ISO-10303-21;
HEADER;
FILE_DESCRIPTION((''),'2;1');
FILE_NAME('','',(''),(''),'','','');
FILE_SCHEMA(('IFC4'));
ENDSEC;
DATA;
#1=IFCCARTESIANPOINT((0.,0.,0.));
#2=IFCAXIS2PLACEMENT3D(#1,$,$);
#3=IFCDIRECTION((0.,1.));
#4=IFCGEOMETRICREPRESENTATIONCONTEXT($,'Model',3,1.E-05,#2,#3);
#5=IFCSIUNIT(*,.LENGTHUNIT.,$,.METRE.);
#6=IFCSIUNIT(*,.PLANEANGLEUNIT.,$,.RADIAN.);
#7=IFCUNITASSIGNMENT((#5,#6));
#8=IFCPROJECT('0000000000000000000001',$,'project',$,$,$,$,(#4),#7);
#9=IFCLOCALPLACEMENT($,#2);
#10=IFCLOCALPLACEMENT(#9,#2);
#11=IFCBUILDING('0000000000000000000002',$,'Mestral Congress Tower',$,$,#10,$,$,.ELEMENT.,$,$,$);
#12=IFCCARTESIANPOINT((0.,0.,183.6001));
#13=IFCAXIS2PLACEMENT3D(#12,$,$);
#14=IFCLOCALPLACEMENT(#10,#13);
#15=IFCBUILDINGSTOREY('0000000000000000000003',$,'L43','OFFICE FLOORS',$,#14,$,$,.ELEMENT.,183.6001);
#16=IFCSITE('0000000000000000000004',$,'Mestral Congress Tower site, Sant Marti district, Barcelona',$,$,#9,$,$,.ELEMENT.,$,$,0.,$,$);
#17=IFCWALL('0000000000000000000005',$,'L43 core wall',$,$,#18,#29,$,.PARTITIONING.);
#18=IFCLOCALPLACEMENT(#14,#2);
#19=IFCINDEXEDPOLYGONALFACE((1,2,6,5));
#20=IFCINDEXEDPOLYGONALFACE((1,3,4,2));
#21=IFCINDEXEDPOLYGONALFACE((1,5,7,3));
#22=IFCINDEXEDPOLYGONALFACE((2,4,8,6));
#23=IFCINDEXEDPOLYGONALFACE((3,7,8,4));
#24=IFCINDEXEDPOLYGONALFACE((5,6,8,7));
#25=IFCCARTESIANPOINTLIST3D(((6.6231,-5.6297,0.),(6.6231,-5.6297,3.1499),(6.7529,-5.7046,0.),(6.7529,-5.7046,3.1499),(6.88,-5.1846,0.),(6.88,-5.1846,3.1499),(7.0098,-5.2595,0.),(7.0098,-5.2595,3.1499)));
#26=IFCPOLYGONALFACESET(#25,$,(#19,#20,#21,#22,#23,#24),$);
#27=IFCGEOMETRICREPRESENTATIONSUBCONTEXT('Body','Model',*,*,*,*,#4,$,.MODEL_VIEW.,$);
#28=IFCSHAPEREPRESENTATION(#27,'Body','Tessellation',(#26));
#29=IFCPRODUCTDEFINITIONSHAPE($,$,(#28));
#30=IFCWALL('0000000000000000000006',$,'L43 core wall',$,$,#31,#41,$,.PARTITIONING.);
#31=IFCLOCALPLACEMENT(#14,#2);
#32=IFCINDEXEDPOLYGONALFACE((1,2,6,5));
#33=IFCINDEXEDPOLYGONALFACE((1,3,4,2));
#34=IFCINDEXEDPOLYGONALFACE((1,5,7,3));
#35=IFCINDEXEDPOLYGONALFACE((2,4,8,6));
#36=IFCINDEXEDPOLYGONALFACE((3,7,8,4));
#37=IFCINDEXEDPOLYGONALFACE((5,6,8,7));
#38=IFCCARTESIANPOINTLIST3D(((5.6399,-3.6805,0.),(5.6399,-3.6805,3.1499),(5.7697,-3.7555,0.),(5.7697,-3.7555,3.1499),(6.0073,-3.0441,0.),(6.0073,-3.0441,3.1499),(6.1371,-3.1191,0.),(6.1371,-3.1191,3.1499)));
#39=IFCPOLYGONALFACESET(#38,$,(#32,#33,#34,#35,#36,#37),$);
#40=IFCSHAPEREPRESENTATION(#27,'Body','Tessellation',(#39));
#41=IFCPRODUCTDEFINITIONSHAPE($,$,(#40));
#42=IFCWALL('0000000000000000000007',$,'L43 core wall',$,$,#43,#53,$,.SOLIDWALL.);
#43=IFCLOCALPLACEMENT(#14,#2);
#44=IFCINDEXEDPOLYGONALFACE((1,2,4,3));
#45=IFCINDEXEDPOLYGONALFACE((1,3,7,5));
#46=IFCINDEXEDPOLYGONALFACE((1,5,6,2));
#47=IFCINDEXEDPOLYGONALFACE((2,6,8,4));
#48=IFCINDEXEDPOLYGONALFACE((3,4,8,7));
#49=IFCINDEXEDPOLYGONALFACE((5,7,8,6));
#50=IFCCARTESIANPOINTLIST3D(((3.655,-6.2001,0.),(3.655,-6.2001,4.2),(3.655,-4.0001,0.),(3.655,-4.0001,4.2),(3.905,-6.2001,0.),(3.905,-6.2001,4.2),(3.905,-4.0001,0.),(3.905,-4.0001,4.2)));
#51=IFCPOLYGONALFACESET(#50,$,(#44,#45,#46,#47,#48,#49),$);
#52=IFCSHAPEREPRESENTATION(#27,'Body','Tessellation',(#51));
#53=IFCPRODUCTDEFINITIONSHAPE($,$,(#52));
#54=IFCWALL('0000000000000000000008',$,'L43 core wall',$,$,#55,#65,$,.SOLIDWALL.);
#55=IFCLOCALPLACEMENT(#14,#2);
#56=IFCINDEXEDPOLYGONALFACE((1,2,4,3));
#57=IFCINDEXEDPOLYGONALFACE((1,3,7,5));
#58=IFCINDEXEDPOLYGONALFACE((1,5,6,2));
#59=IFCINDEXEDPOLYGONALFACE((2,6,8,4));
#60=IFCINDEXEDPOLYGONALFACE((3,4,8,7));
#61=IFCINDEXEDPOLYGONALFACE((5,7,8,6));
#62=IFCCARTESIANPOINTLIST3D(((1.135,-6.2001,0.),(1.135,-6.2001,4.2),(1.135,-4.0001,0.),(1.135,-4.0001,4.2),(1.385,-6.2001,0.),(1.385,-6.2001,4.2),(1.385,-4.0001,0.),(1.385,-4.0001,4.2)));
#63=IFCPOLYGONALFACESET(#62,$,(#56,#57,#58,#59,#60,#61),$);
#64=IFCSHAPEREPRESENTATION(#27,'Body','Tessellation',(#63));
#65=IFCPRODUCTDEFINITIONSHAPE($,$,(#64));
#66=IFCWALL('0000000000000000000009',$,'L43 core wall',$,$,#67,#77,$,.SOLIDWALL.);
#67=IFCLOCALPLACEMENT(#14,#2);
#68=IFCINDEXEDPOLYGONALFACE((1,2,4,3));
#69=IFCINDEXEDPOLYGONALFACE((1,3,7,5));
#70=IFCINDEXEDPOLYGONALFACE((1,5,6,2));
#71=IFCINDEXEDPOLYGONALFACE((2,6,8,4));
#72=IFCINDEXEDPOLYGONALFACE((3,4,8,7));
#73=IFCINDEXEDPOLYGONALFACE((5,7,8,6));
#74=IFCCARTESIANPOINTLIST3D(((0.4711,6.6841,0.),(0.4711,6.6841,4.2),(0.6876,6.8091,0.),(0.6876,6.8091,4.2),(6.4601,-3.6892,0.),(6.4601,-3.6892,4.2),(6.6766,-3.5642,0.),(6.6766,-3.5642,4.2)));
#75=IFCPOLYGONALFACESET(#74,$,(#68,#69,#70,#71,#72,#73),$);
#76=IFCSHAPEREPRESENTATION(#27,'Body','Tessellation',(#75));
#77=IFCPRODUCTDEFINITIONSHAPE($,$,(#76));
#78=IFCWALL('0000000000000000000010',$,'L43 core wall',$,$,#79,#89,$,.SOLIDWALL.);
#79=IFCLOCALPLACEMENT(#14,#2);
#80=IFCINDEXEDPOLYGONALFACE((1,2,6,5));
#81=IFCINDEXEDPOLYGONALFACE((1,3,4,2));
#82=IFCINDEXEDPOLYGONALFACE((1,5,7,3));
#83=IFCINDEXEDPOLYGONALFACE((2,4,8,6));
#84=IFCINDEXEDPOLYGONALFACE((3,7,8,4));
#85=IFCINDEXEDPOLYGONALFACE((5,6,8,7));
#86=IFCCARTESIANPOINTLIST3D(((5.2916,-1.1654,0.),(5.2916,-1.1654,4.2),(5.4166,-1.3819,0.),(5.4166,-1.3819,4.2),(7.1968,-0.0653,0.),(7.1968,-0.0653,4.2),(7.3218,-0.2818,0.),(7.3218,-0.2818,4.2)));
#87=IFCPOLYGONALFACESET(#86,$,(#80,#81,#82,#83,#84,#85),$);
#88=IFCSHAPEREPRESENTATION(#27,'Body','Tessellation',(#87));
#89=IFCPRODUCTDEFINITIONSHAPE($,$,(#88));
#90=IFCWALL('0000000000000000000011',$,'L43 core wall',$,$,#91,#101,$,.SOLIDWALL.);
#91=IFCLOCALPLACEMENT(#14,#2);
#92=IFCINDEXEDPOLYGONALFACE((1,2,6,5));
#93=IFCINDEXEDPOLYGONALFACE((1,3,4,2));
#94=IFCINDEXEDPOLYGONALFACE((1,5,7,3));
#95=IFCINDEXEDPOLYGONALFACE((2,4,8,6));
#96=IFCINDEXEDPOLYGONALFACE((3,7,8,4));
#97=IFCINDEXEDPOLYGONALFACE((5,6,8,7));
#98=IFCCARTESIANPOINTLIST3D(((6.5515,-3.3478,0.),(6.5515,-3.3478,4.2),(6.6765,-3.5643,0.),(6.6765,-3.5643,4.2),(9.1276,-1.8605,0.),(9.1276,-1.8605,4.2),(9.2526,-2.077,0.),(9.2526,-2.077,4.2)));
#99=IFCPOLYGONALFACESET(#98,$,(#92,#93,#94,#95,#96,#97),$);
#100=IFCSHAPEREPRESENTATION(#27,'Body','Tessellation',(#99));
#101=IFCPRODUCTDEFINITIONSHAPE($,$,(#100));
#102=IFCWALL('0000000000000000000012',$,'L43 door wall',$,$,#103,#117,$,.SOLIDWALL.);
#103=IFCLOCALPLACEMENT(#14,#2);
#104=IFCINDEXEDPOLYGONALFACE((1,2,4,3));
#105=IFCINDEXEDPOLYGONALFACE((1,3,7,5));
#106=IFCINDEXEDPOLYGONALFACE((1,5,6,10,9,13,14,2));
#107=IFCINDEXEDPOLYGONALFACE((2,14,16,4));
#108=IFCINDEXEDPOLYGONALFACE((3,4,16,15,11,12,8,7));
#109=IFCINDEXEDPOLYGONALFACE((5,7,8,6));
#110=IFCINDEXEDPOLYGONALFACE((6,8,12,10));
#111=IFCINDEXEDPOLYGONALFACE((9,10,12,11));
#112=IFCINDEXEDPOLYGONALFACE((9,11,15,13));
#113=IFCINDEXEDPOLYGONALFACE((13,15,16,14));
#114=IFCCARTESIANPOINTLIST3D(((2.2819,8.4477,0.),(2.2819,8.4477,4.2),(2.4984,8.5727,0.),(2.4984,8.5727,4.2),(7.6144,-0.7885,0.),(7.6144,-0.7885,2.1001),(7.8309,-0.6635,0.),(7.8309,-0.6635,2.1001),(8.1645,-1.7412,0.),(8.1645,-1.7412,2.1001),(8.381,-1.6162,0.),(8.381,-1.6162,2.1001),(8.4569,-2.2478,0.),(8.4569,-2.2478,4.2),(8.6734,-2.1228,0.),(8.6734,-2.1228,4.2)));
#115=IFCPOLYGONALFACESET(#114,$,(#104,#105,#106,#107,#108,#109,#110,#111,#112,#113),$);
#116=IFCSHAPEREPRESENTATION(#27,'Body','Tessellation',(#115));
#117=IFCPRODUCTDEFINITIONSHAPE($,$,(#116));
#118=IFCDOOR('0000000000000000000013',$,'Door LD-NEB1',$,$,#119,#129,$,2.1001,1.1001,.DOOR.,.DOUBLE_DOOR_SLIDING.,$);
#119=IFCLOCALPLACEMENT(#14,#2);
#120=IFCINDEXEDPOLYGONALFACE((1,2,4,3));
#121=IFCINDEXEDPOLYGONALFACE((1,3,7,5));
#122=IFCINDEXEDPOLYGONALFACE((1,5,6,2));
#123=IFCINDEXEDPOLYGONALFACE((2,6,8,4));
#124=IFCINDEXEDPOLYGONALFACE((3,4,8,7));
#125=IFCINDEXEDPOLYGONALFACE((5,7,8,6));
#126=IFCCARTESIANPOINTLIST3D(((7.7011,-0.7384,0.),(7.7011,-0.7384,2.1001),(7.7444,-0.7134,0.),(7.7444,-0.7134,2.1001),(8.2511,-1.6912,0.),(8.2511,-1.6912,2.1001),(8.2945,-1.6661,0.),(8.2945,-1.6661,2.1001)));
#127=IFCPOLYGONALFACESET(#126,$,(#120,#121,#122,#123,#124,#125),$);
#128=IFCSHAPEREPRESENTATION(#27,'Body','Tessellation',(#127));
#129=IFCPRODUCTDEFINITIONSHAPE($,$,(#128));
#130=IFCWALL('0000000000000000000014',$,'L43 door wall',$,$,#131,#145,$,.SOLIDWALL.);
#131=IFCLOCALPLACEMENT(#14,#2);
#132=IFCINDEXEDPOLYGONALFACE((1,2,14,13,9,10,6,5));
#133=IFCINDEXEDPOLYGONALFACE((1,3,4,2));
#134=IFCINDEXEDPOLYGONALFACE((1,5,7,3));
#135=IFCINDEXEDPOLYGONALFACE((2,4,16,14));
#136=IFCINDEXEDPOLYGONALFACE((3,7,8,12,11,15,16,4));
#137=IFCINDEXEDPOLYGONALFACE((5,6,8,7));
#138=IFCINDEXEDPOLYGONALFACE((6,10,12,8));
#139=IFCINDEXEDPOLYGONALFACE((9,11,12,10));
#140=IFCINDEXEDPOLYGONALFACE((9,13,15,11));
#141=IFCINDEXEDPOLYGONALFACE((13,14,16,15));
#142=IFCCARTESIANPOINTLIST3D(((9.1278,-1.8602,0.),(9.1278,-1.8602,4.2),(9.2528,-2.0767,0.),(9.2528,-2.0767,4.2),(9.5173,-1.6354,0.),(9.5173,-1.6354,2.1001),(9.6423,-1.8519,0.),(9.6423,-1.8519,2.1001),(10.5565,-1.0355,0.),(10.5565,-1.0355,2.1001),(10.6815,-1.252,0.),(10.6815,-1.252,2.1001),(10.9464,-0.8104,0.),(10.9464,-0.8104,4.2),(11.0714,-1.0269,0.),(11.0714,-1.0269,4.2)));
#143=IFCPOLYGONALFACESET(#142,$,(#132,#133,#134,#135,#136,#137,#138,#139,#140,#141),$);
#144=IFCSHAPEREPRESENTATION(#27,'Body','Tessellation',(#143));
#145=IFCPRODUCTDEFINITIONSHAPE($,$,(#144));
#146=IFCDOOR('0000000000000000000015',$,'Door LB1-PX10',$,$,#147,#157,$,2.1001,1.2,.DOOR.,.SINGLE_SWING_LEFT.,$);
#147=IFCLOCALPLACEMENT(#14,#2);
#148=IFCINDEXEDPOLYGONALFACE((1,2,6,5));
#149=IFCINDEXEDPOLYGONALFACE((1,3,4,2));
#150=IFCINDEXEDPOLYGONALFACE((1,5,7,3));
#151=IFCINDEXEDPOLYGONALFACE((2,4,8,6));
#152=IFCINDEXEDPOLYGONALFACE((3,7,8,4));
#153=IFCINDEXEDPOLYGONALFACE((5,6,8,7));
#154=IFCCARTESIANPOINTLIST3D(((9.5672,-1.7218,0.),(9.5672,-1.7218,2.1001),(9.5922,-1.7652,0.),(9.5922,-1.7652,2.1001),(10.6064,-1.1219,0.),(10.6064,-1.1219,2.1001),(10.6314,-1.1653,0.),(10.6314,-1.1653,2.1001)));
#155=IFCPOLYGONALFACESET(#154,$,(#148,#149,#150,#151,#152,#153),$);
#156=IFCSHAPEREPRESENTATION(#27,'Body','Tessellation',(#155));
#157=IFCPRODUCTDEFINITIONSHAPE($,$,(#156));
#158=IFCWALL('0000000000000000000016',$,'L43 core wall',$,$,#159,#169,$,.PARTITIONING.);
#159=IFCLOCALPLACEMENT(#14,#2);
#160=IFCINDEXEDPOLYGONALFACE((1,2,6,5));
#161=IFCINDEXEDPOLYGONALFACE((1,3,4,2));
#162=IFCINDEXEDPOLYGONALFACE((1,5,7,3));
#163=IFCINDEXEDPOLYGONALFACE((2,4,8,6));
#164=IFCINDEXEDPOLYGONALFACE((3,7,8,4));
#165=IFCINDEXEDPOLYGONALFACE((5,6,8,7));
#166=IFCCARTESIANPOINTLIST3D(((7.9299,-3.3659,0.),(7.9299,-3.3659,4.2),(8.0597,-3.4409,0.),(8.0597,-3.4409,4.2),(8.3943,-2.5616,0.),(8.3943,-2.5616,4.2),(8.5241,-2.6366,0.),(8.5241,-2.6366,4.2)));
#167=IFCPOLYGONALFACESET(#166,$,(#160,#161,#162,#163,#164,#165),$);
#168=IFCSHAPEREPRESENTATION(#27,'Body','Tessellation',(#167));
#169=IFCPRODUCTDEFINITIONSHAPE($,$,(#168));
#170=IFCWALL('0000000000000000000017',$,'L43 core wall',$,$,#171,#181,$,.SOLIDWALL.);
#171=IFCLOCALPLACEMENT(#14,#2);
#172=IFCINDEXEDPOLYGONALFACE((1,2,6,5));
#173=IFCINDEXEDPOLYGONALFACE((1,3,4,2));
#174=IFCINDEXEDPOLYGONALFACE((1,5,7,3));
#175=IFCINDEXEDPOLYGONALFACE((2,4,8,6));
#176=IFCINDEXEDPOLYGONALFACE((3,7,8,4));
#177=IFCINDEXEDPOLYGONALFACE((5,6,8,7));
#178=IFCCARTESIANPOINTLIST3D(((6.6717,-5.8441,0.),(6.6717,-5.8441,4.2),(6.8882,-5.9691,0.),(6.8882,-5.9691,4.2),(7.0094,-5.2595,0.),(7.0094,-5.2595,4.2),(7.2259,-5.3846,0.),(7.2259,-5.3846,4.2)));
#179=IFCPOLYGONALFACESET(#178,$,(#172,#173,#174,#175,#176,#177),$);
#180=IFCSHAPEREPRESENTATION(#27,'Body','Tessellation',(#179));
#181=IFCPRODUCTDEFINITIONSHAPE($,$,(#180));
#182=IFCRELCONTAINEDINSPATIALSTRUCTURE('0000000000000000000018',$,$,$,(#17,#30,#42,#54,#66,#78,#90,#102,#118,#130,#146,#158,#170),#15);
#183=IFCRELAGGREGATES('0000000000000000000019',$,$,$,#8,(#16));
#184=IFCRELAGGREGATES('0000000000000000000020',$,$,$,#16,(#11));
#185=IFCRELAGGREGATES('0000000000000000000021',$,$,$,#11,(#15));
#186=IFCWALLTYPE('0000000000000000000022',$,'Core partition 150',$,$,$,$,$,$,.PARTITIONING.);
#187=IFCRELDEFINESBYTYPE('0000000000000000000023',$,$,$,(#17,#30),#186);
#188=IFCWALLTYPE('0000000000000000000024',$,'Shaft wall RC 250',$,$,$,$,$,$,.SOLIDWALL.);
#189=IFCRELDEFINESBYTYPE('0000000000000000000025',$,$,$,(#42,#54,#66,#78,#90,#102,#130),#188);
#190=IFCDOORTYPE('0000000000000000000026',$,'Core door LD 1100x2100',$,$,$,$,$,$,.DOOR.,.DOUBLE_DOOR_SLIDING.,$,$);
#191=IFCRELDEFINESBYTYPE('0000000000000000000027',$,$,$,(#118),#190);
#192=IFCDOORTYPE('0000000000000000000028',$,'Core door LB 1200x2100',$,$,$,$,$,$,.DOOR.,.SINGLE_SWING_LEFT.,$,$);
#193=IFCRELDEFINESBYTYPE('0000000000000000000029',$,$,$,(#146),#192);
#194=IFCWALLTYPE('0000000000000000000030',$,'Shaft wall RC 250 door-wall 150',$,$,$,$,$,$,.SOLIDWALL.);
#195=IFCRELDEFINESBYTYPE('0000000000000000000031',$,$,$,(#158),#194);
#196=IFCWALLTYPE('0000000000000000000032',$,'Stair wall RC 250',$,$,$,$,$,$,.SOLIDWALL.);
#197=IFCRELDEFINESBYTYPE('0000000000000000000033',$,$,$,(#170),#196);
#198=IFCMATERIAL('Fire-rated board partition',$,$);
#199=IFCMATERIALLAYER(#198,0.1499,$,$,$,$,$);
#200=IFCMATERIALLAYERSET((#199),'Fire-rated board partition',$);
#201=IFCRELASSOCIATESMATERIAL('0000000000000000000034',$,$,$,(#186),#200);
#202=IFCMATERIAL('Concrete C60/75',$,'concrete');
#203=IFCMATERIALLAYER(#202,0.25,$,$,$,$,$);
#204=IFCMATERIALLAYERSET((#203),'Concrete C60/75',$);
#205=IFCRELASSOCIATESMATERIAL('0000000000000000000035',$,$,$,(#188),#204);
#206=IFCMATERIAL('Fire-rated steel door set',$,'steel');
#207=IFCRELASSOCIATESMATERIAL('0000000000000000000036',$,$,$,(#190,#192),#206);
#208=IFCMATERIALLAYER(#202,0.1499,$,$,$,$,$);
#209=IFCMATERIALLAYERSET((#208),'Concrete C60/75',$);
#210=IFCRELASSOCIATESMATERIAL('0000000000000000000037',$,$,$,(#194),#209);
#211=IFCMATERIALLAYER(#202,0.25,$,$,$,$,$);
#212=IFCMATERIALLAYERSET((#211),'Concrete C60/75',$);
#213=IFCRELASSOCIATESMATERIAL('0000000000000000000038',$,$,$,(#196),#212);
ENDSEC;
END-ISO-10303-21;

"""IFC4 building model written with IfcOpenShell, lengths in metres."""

from ifc_helpers import new_model, si_unit, direction, frame, frame_2d, origin, place, context, subcontext, project, spatial, rectangle, extrude, material, layer, layer_set, type_object, element, fill, save


model = new_model("IFC4")

# Units and contexts
model_context = context("Model", 3, precision=1e-05, world=origin(), true_north=direction((0.0, 1.0)))
body_context = subcontext(model_context, "Body", "Model", "MODEL_VIEW")
ifc_project = project(units=[si_unit("LENGTHUNIT", "METRE"), si_unit("PLANEANGLEUNIT", "RADIAN")], contexts=[model_context])

# Site, building, storey
site_placement = place(None, origin())
site = spatial("IfcSite", under=ifc_project, at=site_placement, Name="Mestral Congress Tower site, Sant Marti district, Barcelona", CompositionType="ELEMENT", RefElevation=0.0)
building_placement = place(site_placement, origin())
building = spatial("IfcBuilding", under=site, at=building_placement, Name="Mestral Congress Tower", CompositionType="ELEMENT")
storey_placement = place(building_placement, frame((0.0, 0.0, 183.6001)))
storey = spatial("IfcBuildingStorey", under=building, at=storey_placement, Name="L43", Description="OFFICE FLOORS", CompositionType="ELEMENT", Elevation=183.6001)

# Walls
ifc_material_1 = material(Name="Fire-rated board partition")
ifc_layer_1 = layer(ifc_material_1, 0.1499)
ifc_layer_set_1 = layer_set([ifc_layer_1], Name="Fire-rated board partition")
wall_type_1 = type_object("IfcWallType", Name="Core partition 150", PredefinedType="PARTITIONING", material=ifc_layer_set_1)
wall_1_placement = place(storey_placement, frame((6.9448, -5.2222, 0.0), z_axis=(0.0, 0.0, 1.0), x_axis=(-0.499818, -0.86613, 0.0)))
element("IfcWall", 1, at=wall_1_placement, inside=storey, type_object=wall_type_1, Name="L43 core wall", PredefinedType="PARTITIONING", context=body_context, shape_type="SweptSolid", body=[
    extrude(rectangle(XDim=0.5139, YDim=0.1499, at=frame_2d((0.2568, 0.0))), origin(), (0.0, 0.0, 1.0), 3.1499),
])
wall_2_placement = place(storey_placement, frame((5.7048, -3.718, 0.0), z_axis=(0.0, 0.0, 1.0), x_axis=(0.499962, 0.866047, 0.0)))
element("IfcWall", 2, at=wall_2_placement, inside=storey, type_object=wall_type_1, Name="L43 core wall", PredefinedType="PARTITIONING", context=body_context, shape_type="SweptSolid", body=[
    extrude(rectangle(XDim=0.7349, YDim=0.1499, at=frame_2d((0.3674, 0.0))), origin(), (0.0, 0.0, 1.0), 3.1499),
])
ifc_material_2 = material(Name="Concrete C60/75", Category="concrete")
ifc_layer_2 = layer(ifc_material_2, 0.25)
ifc_layer_set_2 = layer_set([ifc_layer_2], Name="Concrete C60/75")
wall_type_2 = type_object("IfcWallType", Name="Shaft wall RC 250", PredefinedType="SOLIDWALL", material=ifc_layer_set_2)
for number, where, z_axis, x_axis, name in (
    (3, (3.78, -4.0, 0.0), (0.0, 0.0, 1.0), (0.0, -1.0, 0.0), "L43 core wall"),
    (4, (1.26, -4.0, 0.0), (0.0, 0.0, 1.0), (0.0, -1.0, 0.0), "L43 core wall"),
):
    element("IfcWall", number, at=place(storey_placement, frame(where, z_axis=z_axis, x_axis=x_axis)), inside=storey, type_object=wall_type_2, Name=name, PredefinedType="SOLIDWALL", context=body_context, shape_type="SweptSolid", body=[
        extrude(rectangle(XDim=2.2, YDim=0.25, at=frame_2d((1.1001, 0.0))), origin(), (0.0, 0.0, 1.0), 4.2),
    ])
wall_3_placement = place(storey_placement, frame((6.5684, -3.6267, 0.0), z_axis=(0.0, 0.0, 1.0), x_axis=(-0.499999, 0.866026, 0.0)))
element("IfcWall", 5, at=wall_3_placement, inside=storey, type_object=wall_type_2, Name="L43 core wall", PredefinedType="SOLIDWALL", context=body_context, shape_type="SweptSolid", body=[
    extrude(rectangle(XDim=11.978, YDim=0.25, at=frame_2d((5.989, 0.0))), origin(), (0.0, 0.0, 1.0), 4.2),
])
wall_4_placement = place(storey_placement, frame((5.354, -1.2737, 0.0), z_axis=(0.0, 0.0, 1.0), x_axis=(0.866008, 0.50003, 0.0)))
element("IfcWall", 6, at=wall_4_placement, inside=storey, type_object=wall_type_2, Name="L43 core wall", PredefinedType="SOLIDWALL", context=body_context, shape_type="SweptSolid", body=[
    extrude(rectangle(XDim=2.2, YDim=0.25, at=frame_2d((1.1001, 0.0))), origin(), (0.0, 0.0, 1.0), 4.2),
])
wall_5_placement = place(storey_placement, frame((6.614, -3.4561, 0.0), z_axis=(0.0, 0.0, 1.0), x_axis=(0.866033, 0.499988, 0.0)))
element("IfcWall", 7, at=wall_5_placement, inside=storey, type_object=wall_type_2, Name="L43 core wall", PredefinedType="SOLIDWALL", context=body_context, shape_type="SweptSolid", body=[
    extrude(rectangle(XDim=2.9746, YDim=0.25, at=frame_2d((1.4873, 0.0))), origin(), (0.0, 0.0, 1.0), 4.2),
])

# Walls, openings, doors
wall_6_placement = place(storey_placement, frame((8.5652, -2.1853, 0.0), z_axis=(0.0, 0.0, 1.0), x_axis=(-0.499998, 0.866027, 0.0)))
wall_6 = element("IfcWall", 8, at=wall_6_placement, inside=storey, type_object=wall_type_2, Name="L43 door wall", PredefinedType="SOLIDWALL", context=body_context, shape_type="SweptSolid", body=[
    extrude(rectangle(XDim=12.3501, YDim=0.25, at=frame_2d((6.175, 0.0))), origin(), (0.0, 0.0, 1.0), 4.2),
])
opening_1_placement = place(wall_6_placement, frame((0.585, 0.0, 0.0)))
opening_1 = element("IfcOpeningElement", 9, at=opening_1_placement, cuts=wall_6, PredefinedType="OPENING", context=body_context, shape_type="SweptSolid", body=[
    extrude(rectangle(XDim=1.1001, YDim=2.1001, at=frame_2d((0.55, 1.05))), frame((0.0, 0.135, 0.0), z_axis=(0.0, -1.0, 0.0), x_axis=(1.0, 0.0, 0.0)), (0.0, 0.0, 1.0), 0.27),
])
ifc_material_3 = material(Name="Fire-rated steel door set", Category="steel")
door_type_1 = type_object("IfcDoorType", Name="Core door LD 1100x2100", OperationType="DOUBLE_DOOR_SLIDING", PredefinedType="DOOR", material=ifc_material_3)
door_1_placement = place(opening_1_placement, origin())
door_1 = element("IfcDoor", 10, at=door_1_placement, inside=storey, type_object=door_type_1, Name="Door LD-NEB1", OperationType="DOUBLE_DOOR_SLIDING", OverallHeight=2.1001, OverallWidth=1.1001, PredefinedType="DOOR", context=body_context, shape_type="SweptSolid", body=[
    extrude(rectangle(XDim=1.1001, YDim=2.1001, at=frame_2d((0.55, 1.05))), frame((0.0, 0.0249, 0.0), z_axis=(0.0, -1.0, 0.0), x_axis=(1.0, 0.0, 0.0)), (0.0, 0.0, 1.0), 0.05),
])
fill(opening_1, door_1)
wall_7_placement = place(storey_placement, frame((11.0088, -0.9187, 0.0), z_axis=(0.0, 0.0, 1.0), x_axis=(-0.86606, -0.499941, 0.0)))
wall_7 = element("IfcWall", 11, at=wall_7_placement, inside=storey, type_object=wall_type_2, Name="L43 door wall", PredefinedType="SOLIDWALL", context=body_context, shape_type="SweptSolid", body=[
    extrude(rectangle(XDim=2.0999, YDim=0.25, at=frame_2d((1.0498, 0.0))), origin(), (0.0, 0.0, 1.0), 4.2),
])
opening_2_placement = place(wall_7_placement, frame((0.45, 0.0, 0.0)))
opening_2 = element("IfcOpeningElement", 12, at=opening_2_placement, cuts=wall_7, PredefinedType="OPENING", context=body_context, shape_type="SweptSolid", body=[
    extrude(rectangle(XDim=1.2, YDim=2.1001, at=frame_2d((0.6001, 1.05))), frame((0.0, 0.135, 0.0), z_axis=(0.0, -1.0, 0.0), x_axis=(1.0, 0.0, 0.0)), (0.0, 0.0, 1.0), 0.27),
])
door_type_2 = type_object("IfcDoorType", Name="Core door LB 1200x2100", OperationType="SINGLE_SWING_LEFT", PredefinedType="DOOR", material=ifc_material_3)
door_2_placement = place(opening_2_placement, origin())
door_2 = element("IfcDoor", 13, at=door_2_placement, inside=storey, type_object=door_type_2, Name="Door LB1-PX10", OperationType="SINGLE_SWING_LEFT", OverallHeight=2.1001, OverallWidth=1.2, PredefinedType="DOOR", context=body_context, shape_type="SweptSolid", body=[
    extrude(rectangle(XDim=1.2, YDim=2.1001, at=frame_2d((0.6001, 1.05))), frame((0.0, 0.0249, 0.0), z_axis=(0.0, -1.0, 0.0), x_axis=(1.0, 0.0, 0.0)), (0.0, 0.0, 1.0), 0.05),
])
fill(opening_2, door_2)

# Walls
ifc_layer_3 = layer(ifc_material_2, 0.1499)
ifc_layer_set_3 = layer_set([ifc_layer_3], Name="Concrete C60/75")
wall_type_3 = type_object("IfcWallType", Name="Shaft wall RC 250 door-wall 150", PredefinedType="SOLIDWALL", material=ifc_layer_set_3)
wall_8_placement = place(storey_placement, frame((8.4592, -2.5991, 0.0), z_axis=(0.0, 0.0, 1.0), x_axis=(-0.500041, -0.866002, 0.0)))
element("IfcWall", 14, at=wall_8_placement, inside=storey, type_object=wall_type_3, Name="L43 core wall", PredefinedType="PARTITIONING", context=body_context, shape_type="SweptSolid", body=[
    extrude(rectangle(XDim=0.9287, YDim=0.1499, at=frame_2d((0.4644, 0.0))), origin(), (0.0, 0.0, 1.0), 4.2),
])
ifc_layer_4 = layer(ifc_material_2, 0.25)
ifc_layer_set_4 = layer_set([ifc_layer_4], Name="Concrete C60/75")
wall_type_4 = type_object("IfcWallType", Name="Stair wall RC 250", PredefinedType="SOLIDWALL", material=ifc_layer_set_4)
wall_9_placement = place(storey_placement, frame((6.78, -5.9065, 0.0), z_axis=(0.0, 0.0, 1.0), x_axis=(0.500223, 0.865896, 0.0)))
element("IfcWall", 15, at=wall_9_placement, inside=storey, type_object=wall_type_4, Name="L43 core wall", PredefinedType="SOLIDWALL", context=body_context, shape_type="SweptSolid", body=[
    extrude(rectangle(XDim=0.675, YDim=0.25, at=frame_2d((0.3374, 0.0))), origin(), (0.0, 0.0, 1.0), 4.2),
])

save(model, "model.ifc")
